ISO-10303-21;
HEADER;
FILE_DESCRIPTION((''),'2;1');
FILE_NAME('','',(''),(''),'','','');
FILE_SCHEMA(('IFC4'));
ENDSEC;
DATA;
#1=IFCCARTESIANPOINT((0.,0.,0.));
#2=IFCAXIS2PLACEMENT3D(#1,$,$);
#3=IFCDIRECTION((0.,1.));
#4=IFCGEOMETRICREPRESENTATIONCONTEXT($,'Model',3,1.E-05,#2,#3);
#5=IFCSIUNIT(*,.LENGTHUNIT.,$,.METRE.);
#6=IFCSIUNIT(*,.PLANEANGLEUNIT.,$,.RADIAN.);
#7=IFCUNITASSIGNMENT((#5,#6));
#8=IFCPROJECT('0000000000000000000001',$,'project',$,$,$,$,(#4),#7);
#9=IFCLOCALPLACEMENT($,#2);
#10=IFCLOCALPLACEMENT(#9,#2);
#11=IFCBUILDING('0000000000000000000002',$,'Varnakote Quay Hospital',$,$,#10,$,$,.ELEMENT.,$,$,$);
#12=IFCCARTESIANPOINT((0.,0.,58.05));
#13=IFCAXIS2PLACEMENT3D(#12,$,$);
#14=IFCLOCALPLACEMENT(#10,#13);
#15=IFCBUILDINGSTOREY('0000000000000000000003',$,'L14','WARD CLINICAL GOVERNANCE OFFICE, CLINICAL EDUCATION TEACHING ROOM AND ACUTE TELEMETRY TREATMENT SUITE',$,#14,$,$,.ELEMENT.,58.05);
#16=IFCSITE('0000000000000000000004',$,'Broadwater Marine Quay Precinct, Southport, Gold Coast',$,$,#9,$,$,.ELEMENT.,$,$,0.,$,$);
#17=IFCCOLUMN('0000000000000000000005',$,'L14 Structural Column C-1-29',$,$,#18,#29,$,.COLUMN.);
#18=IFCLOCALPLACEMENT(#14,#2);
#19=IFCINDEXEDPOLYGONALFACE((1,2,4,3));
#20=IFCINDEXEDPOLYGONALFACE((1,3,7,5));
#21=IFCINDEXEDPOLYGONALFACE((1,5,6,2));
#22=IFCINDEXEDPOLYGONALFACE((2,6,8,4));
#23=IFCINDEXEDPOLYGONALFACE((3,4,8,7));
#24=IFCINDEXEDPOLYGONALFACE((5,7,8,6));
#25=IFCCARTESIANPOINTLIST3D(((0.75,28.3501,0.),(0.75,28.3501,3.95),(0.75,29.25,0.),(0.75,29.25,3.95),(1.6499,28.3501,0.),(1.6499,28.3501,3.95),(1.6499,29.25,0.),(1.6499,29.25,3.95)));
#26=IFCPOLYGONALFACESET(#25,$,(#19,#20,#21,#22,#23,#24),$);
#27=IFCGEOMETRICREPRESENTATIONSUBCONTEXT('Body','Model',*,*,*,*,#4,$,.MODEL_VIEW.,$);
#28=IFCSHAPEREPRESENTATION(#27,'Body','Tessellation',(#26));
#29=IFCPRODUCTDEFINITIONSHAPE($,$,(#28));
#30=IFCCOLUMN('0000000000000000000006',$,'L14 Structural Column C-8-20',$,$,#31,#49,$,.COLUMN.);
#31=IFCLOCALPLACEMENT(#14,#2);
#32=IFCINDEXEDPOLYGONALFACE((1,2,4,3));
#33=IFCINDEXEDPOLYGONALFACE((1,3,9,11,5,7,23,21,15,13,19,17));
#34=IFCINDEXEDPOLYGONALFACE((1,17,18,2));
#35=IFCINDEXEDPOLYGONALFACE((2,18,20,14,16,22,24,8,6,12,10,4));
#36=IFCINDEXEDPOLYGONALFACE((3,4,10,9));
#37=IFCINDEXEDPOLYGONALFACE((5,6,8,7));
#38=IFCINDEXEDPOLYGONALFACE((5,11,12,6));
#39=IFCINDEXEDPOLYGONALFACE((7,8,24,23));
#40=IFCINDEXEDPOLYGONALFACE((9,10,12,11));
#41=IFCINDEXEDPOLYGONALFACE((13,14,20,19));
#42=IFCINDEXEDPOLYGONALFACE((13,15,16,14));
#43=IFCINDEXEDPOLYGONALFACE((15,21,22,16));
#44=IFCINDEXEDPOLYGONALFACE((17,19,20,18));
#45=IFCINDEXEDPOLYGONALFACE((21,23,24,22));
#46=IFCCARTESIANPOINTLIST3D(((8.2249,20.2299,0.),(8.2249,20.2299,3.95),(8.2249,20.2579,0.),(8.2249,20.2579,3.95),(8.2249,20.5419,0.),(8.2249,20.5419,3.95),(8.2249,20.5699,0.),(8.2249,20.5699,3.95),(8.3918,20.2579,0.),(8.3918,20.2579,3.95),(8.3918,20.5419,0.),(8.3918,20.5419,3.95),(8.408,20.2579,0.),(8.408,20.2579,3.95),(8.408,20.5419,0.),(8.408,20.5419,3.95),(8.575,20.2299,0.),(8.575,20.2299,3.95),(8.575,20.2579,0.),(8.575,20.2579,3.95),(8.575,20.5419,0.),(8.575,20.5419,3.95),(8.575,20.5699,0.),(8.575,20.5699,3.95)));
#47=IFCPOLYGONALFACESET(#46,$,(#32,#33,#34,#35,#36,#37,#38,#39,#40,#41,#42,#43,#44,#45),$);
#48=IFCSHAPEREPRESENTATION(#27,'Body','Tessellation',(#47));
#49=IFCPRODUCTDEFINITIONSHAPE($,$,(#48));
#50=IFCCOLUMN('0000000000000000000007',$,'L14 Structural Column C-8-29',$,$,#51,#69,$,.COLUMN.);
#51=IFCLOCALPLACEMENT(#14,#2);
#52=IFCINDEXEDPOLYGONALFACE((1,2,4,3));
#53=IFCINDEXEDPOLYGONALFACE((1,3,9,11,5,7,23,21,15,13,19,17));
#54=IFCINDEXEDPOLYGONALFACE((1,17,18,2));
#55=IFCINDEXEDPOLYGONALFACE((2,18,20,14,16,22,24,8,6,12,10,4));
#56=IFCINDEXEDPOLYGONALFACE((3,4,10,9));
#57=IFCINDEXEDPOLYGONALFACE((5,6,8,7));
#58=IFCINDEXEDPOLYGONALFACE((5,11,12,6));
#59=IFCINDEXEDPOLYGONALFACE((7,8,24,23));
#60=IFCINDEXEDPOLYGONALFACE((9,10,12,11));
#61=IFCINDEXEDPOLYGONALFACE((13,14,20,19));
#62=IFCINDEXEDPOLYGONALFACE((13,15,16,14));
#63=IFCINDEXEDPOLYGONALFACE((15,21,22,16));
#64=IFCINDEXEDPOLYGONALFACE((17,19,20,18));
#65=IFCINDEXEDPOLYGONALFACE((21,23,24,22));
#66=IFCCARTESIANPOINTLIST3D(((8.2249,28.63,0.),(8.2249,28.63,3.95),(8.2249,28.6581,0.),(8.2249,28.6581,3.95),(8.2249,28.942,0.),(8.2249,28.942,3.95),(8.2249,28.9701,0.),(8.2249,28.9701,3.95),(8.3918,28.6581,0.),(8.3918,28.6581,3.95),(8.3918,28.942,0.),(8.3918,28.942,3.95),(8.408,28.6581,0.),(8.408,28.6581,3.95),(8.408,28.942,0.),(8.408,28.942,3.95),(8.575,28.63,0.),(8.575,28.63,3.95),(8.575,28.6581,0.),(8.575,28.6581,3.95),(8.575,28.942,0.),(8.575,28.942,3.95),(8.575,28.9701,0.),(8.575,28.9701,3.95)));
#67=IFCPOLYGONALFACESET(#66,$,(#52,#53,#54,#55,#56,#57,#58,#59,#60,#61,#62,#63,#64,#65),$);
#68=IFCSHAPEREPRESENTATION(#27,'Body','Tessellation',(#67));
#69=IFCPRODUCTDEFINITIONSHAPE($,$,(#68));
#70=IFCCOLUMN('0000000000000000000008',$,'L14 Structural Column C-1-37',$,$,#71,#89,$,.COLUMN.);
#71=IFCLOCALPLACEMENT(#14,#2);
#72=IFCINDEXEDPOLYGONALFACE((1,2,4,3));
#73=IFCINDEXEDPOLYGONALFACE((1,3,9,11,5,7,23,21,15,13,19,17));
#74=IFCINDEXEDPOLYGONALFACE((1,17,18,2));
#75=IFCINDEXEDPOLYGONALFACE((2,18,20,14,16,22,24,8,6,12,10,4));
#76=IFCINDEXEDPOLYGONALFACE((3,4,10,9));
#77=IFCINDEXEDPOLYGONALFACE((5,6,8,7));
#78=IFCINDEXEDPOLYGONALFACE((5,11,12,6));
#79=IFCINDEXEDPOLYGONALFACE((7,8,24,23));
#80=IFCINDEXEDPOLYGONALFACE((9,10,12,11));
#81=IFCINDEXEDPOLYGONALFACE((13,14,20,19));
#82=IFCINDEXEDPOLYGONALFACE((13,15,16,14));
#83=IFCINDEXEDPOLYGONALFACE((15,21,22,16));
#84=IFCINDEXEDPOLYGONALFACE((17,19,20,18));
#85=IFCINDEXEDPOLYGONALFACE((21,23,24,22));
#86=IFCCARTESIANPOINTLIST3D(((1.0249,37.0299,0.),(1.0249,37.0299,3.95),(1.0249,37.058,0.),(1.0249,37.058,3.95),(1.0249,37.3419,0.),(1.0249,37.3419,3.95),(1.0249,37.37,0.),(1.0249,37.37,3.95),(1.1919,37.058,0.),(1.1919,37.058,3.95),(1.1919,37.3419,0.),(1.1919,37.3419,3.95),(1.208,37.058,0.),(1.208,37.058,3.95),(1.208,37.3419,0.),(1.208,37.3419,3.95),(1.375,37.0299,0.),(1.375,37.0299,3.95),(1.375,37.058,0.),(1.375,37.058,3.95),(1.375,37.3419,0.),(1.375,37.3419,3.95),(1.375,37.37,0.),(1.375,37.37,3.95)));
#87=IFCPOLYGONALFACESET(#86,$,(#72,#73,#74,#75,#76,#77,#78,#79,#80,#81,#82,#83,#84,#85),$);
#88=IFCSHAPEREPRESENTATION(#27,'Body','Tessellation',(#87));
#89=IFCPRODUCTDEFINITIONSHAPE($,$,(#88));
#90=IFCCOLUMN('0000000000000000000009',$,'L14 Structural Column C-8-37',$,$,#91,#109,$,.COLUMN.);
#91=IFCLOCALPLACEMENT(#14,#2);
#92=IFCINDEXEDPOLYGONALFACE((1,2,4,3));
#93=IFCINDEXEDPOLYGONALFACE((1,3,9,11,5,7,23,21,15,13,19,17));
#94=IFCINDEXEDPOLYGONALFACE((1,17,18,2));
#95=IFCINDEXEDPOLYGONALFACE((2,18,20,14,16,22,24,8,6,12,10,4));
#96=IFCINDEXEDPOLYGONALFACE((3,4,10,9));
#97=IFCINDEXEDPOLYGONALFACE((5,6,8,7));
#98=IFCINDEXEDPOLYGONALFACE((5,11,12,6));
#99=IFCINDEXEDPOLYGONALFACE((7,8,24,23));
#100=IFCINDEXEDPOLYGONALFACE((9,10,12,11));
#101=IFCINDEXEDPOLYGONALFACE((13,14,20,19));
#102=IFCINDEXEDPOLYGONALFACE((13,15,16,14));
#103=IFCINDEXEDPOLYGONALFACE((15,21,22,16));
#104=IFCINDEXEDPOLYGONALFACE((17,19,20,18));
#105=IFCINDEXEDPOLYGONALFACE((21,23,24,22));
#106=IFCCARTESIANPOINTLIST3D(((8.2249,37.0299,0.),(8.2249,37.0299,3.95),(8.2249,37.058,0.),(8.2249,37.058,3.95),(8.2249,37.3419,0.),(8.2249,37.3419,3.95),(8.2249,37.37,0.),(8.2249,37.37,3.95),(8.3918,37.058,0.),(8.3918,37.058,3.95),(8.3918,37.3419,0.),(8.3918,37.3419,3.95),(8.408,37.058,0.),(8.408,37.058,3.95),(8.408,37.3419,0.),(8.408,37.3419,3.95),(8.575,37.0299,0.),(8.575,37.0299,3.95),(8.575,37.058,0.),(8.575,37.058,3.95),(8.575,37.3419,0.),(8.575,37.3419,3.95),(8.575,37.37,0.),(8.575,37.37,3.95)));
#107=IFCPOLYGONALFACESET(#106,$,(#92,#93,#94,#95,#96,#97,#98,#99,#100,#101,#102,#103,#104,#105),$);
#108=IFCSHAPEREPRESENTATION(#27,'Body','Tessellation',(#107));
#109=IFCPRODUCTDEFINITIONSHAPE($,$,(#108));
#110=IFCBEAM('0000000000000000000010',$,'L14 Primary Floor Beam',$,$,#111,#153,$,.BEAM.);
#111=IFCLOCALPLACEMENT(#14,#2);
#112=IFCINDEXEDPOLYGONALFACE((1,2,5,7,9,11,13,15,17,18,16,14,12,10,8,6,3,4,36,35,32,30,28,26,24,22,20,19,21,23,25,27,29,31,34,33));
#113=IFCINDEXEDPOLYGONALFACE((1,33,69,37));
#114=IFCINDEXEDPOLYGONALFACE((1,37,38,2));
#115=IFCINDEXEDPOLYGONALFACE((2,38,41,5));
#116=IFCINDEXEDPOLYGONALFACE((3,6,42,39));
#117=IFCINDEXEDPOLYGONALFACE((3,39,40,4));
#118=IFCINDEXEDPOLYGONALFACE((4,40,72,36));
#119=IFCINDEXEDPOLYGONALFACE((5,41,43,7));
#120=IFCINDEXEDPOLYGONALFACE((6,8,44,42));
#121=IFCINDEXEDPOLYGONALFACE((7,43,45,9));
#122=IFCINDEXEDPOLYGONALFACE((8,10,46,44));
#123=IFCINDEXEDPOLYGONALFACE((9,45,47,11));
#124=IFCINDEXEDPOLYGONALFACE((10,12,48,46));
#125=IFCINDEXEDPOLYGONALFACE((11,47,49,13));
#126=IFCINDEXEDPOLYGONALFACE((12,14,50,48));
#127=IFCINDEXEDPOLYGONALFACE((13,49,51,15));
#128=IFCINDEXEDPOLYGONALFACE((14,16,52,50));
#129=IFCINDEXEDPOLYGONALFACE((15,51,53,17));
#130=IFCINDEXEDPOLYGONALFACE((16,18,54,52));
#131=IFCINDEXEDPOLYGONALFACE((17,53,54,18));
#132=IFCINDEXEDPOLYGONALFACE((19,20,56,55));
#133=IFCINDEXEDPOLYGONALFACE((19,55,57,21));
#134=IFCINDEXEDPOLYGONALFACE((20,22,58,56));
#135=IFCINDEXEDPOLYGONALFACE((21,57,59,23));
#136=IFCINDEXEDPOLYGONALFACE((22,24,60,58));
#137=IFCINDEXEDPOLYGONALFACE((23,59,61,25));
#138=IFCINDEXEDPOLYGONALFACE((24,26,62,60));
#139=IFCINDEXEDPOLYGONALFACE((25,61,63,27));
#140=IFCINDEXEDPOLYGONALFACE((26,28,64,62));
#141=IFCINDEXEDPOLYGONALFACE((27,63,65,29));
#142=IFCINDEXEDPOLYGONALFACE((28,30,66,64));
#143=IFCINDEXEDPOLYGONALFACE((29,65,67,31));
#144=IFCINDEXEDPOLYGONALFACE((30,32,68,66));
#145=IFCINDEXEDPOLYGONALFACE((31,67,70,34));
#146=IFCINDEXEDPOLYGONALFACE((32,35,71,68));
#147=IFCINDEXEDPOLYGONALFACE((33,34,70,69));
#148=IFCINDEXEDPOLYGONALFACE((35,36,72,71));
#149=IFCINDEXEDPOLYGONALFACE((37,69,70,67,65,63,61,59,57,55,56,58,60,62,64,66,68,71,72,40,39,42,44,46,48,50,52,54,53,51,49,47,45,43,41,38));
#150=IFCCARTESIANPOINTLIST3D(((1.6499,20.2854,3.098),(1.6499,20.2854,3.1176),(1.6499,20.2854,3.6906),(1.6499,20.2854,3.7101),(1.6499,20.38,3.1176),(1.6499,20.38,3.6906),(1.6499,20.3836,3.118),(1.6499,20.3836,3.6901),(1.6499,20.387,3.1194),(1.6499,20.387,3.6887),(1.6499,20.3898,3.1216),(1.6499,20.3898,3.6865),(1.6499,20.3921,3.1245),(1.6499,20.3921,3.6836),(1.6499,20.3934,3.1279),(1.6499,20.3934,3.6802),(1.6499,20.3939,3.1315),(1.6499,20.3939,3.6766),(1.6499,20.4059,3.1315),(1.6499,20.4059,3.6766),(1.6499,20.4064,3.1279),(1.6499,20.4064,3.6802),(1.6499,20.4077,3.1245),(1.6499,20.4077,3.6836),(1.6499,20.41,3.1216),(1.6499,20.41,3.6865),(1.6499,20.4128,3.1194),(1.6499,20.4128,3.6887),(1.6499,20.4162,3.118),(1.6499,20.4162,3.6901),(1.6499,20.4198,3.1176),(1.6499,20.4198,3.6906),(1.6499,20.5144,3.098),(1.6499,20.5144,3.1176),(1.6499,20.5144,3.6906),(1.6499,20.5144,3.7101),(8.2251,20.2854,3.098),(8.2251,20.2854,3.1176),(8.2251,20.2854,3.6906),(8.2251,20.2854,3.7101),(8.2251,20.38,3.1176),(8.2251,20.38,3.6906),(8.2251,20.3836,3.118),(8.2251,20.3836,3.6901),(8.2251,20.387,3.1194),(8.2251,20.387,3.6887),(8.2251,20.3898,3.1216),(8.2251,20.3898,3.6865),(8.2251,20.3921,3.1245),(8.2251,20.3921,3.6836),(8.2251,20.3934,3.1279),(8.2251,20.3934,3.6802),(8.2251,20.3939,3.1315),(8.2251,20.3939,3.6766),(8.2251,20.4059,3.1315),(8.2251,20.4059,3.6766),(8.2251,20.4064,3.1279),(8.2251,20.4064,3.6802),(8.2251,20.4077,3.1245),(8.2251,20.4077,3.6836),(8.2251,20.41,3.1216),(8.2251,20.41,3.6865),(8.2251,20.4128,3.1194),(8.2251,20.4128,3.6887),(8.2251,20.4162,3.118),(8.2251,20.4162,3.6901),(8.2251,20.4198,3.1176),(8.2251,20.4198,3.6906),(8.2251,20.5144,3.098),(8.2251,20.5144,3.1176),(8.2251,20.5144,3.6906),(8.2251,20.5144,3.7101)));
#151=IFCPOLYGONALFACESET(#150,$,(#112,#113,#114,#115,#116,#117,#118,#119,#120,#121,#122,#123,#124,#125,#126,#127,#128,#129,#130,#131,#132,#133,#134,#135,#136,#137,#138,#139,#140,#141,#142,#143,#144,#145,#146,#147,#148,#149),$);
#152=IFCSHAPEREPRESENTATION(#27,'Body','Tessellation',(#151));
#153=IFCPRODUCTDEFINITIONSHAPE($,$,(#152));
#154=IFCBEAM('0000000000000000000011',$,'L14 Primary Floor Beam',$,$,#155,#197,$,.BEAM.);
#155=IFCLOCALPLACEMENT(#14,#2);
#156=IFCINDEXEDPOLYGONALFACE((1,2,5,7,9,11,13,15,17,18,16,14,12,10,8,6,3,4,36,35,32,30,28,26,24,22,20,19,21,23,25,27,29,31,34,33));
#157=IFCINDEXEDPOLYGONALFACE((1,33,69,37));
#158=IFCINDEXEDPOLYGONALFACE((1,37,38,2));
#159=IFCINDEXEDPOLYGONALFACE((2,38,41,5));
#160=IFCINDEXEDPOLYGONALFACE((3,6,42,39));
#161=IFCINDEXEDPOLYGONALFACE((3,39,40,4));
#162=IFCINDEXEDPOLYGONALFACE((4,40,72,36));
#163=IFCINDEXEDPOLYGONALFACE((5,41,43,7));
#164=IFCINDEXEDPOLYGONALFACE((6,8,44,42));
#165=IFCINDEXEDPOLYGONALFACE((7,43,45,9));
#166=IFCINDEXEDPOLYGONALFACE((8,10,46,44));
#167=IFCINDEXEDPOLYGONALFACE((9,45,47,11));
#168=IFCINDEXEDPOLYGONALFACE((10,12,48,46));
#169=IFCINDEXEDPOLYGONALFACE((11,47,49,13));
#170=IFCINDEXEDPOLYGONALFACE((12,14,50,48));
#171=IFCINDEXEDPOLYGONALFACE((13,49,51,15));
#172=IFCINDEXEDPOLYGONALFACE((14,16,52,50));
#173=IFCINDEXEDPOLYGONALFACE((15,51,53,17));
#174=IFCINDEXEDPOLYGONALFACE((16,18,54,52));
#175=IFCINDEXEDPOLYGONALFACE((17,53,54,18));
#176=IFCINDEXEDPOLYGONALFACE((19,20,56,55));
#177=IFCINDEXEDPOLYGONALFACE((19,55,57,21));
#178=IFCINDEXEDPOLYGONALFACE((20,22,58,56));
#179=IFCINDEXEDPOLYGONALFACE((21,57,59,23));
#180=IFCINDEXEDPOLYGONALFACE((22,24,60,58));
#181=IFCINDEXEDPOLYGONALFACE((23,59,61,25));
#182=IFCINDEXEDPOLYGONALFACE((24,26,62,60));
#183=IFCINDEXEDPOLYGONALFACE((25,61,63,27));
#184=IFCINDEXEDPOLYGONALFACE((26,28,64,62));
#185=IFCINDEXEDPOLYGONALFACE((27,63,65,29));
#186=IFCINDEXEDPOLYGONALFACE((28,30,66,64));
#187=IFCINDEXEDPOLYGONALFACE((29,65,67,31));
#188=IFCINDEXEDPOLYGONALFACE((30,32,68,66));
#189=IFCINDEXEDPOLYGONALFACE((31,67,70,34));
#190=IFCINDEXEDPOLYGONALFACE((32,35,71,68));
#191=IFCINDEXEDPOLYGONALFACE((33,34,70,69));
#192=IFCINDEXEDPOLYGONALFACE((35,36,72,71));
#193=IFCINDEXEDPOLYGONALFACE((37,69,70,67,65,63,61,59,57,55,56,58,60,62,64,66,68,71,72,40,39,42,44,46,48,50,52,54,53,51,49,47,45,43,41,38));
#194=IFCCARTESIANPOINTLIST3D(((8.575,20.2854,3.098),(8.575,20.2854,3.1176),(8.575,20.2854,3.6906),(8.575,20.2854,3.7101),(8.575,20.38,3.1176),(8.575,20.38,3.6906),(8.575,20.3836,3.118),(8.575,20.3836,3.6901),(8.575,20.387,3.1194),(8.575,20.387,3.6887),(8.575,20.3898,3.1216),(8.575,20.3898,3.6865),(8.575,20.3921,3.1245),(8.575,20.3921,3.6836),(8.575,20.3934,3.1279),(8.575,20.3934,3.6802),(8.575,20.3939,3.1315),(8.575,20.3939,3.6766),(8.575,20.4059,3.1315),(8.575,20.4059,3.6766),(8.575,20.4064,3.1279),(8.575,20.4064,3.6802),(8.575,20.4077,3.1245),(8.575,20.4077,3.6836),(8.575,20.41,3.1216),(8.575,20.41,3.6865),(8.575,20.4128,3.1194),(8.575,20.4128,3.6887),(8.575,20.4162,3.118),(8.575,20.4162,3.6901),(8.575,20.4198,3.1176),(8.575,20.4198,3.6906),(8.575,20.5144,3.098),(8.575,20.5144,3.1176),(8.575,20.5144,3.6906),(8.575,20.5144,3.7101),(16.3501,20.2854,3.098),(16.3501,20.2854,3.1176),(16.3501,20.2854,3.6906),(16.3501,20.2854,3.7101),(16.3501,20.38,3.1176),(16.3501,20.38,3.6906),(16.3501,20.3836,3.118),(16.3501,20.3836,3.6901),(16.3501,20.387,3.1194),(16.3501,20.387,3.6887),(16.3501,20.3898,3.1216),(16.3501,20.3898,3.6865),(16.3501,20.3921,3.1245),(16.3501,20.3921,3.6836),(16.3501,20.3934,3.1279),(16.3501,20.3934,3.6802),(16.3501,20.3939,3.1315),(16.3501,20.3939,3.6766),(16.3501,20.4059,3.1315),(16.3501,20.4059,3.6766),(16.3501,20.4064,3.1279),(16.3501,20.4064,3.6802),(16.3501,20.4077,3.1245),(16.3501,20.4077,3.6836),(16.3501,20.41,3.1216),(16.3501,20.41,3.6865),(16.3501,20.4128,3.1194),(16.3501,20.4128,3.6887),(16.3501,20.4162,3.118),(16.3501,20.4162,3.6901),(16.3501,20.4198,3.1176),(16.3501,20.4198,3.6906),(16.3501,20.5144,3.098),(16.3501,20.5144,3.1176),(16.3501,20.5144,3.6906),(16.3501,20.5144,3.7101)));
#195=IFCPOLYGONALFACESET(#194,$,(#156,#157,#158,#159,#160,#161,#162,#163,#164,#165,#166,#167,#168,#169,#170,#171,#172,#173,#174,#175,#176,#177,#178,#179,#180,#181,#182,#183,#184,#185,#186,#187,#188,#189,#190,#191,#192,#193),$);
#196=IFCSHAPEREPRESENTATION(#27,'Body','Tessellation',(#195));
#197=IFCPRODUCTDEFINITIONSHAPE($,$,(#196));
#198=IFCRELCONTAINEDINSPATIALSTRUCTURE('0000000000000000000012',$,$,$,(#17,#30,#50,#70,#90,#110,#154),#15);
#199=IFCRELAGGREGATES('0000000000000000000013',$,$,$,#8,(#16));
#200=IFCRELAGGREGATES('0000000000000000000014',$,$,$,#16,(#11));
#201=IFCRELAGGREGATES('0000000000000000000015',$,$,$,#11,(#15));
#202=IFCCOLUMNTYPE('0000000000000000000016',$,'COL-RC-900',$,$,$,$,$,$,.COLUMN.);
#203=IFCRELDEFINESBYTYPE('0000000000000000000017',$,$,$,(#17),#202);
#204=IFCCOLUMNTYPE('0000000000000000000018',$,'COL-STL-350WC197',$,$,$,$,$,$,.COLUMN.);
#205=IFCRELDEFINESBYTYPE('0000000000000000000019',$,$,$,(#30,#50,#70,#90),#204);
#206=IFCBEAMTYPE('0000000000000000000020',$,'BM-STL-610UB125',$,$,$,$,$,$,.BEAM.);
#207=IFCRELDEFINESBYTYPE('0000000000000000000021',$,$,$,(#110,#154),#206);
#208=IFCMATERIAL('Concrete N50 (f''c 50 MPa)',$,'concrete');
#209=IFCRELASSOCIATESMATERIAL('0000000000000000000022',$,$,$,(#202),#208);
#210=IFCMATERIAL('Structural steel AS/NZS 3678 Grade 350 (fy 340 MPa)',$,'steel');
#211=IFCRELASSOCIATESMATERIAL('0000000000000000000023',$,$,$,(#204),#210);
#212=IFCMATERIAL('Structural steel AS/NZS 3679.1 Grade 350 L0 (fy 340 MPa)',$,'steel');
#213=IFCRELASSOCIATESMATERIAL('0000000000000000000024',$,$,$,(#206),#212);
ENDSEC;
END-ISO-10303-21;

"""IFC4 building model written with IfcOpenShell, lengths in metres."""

from ifc_helpers import new_model, si_unit, direction, frame, origin, origin_2d, place, context, subcontext, project, spatial, rectangle, i_section, extrude, material, material_profile, profile_set, type_object, element, save


model = new_model("IFC4")

# Units and contexts
model_context = context("Model", 3, precision=1e-05, world=origin(), true_north=direction((0.0, 1.0)))
body_context = subcontext(model_context, "Body", "Model", "MODEL_VIEW")
ifc_project = project(units=[si_unit("LENGTHUNIT", "METRE"), si_unit("PLANEANGLEUNIT", "RADIAN")], contexts=[model_context])

# Site, building, storey
site_placement = place(None, origin())
site = spatial("IfcSite", under=ifc_project, at=site_placement, Name="Broadwater Marine Quay Precinct, Southport, Gold Coast", CompositionType="ELEMENT", RefElevation=0.0)
building_placement = place(site_placement, origin())
building = spatial("IfcBuilding", under=site, at=building_placement, Name="Varnakote Quay Hospital", CompositionType="ELEMENT")
storey_placement = place(building_placement, frame((0.0, 0.0, 58.05)))
storey = spatial("IfcBuildingStorey", under=building, at=storey_placement, Name="L14", Description="WARD CLINICAL GOVERNANCE OFFICE, CLINICAL EDUCATION TEACHING ROOM AND ACUTE TELEMETRY TREATMENT SUITE", CompositionType="ELEMENT", Elevation=58.05)

# Columns
ifc_material_1 = material(Name="Concrete N50 (f'c 50 MPa)", Category="concrete")
ifc_material_profile_1 = material_profile(ifc_material_1, rectangle(XDim=0.8999, YDim=0.8999, at=origin_2d()), Name="RC-COL-900x900")
ifc_profile_set_1 = profile_set([ifc_material_profile_1], Name="Concrete N50 (f'c 50 MPa)")
column_type_1 = type_object("IfcColumnType", Name="COL-RC-900", PredefinedType="COLUMN", material=ifc_profile_set_1)
column_placement = place(storey_placement, frame((1.2, 28.8, 0.0), z_axis=(0.0, 0.0, 1.0), x_axis=(1.0, 0.0, 0.0)))
element("IfcColumn", 1, at=column_placement, inside=storey, type_object=column_type_1, Name="L14 Structural Column C-1-29", PredefinedType="COLUMN", context=body_context, shape_type="SweptSolid", body=[
    extrude(rectangle(XDim=0.8999, YDim=0.8999, at=origin_2d()), origin(), (0.0, 0.0, 1.0), 3.95),
])
ifc_material_2 = material(Name="Structural steel AS/NZS 3678 Grade 350 (fy 340 MPa)", Category="steel")
ifc_material_profile_2 = material_profile(ifc_material_2, i_section(OverallWidth=0.3501, OverallDepth=0.3401, WebThickness=0.0161, FlangeThickness=0.0281, at=origin_2d()), Name="350WC197")
ifc_profile_set_2 = profile_set([ifc_material_profile_2], Name="Structural steel AS/NZS 3678 Grade 350 (fy 340 MPa)")
column_type_2 = type_object("IfcColumnType", Name="COL-STL-350WC197", PredefinedType="COLUMN", material=ifc_profile_set_2)
for number, where, z_axis, x_axis, name in (
    (2, (8.3999, 20.3999, 0.0), (0.0, 0.0, 1.0), (1.0, 0.0, 0.0), "L14 Structural Column C-8-20"),
    (3, (8.3999, 28.8, 0.0), (0.0, 0.0, 1.0), (1.0, 0.0, 0.0), "L14 Structural Column C-8-29"),
    (4, (1.2, 37.2, 0.0), (0.0, 0.0, 1.0), (1.0, 0.0, 0.0), "L14 Structural Column C-1-37"),
    (5, (8.3999, 37.2, 0.0), (0.0, 0.0, 1.0), (1.0, 0.0, 0.0), "L14 Structural Column C-8-37"),
):
    element("IfcColumn", number, at=place(storey_placement, frame(where, z_axis=z_axis, x_axis=x_axis)), inside=storey, type_object=column_type_2, Name=name, PredefinedType="COLUMN", context=body_context, shape_type="SweptSolid", body=[
        extrude(i_section(OverallWidth=0.3501, OverallDepth=0.3401, WebThickness=0.0161, FlangeThickness=0.0281, at=origin_2d()), origin(), (0.0, 0.0, 1.0), 3.95),
    ])

# Beams
ifc_material_3 = material(Name="Structural steel AS/NZS 3679.1 Grade 350 L0 (fy 340 MPa)", Category="steel")
ifc_material_profile_3 = material_profile(ifc_material_3, i_section(OverallWidth=0.229, OverallDepth=0.6121, WebThickness=0.012, FlangeThickness=0.0195, FilletRadius=0.0139, at=origin_2d()), Name="610UB125")
ifc_profile_set_3 = profile_set([ifc_material_profile_3], Name="Structural steel AS/NZS 3679.1 Grade 350 L0 (fy 340 MPa)")
beam_type_1 = type_object("IfcBeamType", Name="BM-STL-610UB125", PredefinedType="BEAM", material=ifc_profile_set_3)
beam_1_placement = place(storey_placement, frame((1.6499, 20.3999, 3.4041), z_axis=(1.0, 0.0, 0.0), x_axis=(0.0, 1.0, 0.0)))
element("IfcBeam", 6, at=beam_1_placement, inside=storey, type_object=beam_type_1, Name="L14 Primary Floor Beam", PredefinedType="BEAM", context=body_context, shape_type="SweptSolid", body=[
    extrude(i_section(OverallWidth=0.229, OverallDepth=0.6121, WebThickness=0.012, FlangeThickness=0.0195, FilletRadius=0.0139, at=origin_2d()), origin(), (0.0, 0.0, 1.0), 6.5752),
])
beam_2_placement = place(storey_placement, frame((8.575, 20.3999, 3.4041), z_axis=(1.0, 0.0, 0.0), x_axis=(0.0, 1.0, 0.0)))
element("IfcBeam", 7, at=beam_2_placement, inside=storey, type_object=beam_type_1, Name="L14 Primary Floor Beam", PredefinedType="BEAM", context=body_context, shape_type="SweptSolid", body=[
    extrude(i_section(OverallWidth=0.229, OverallDepth=0.6121, WebThickness=0.012, FlangeThickness=0.0195, FilletRadius=0.0139, at=origin_2d()), origin(), (0.0, 0.0, 1.0), 7.7751),
])

save(model, "model.ifc")
